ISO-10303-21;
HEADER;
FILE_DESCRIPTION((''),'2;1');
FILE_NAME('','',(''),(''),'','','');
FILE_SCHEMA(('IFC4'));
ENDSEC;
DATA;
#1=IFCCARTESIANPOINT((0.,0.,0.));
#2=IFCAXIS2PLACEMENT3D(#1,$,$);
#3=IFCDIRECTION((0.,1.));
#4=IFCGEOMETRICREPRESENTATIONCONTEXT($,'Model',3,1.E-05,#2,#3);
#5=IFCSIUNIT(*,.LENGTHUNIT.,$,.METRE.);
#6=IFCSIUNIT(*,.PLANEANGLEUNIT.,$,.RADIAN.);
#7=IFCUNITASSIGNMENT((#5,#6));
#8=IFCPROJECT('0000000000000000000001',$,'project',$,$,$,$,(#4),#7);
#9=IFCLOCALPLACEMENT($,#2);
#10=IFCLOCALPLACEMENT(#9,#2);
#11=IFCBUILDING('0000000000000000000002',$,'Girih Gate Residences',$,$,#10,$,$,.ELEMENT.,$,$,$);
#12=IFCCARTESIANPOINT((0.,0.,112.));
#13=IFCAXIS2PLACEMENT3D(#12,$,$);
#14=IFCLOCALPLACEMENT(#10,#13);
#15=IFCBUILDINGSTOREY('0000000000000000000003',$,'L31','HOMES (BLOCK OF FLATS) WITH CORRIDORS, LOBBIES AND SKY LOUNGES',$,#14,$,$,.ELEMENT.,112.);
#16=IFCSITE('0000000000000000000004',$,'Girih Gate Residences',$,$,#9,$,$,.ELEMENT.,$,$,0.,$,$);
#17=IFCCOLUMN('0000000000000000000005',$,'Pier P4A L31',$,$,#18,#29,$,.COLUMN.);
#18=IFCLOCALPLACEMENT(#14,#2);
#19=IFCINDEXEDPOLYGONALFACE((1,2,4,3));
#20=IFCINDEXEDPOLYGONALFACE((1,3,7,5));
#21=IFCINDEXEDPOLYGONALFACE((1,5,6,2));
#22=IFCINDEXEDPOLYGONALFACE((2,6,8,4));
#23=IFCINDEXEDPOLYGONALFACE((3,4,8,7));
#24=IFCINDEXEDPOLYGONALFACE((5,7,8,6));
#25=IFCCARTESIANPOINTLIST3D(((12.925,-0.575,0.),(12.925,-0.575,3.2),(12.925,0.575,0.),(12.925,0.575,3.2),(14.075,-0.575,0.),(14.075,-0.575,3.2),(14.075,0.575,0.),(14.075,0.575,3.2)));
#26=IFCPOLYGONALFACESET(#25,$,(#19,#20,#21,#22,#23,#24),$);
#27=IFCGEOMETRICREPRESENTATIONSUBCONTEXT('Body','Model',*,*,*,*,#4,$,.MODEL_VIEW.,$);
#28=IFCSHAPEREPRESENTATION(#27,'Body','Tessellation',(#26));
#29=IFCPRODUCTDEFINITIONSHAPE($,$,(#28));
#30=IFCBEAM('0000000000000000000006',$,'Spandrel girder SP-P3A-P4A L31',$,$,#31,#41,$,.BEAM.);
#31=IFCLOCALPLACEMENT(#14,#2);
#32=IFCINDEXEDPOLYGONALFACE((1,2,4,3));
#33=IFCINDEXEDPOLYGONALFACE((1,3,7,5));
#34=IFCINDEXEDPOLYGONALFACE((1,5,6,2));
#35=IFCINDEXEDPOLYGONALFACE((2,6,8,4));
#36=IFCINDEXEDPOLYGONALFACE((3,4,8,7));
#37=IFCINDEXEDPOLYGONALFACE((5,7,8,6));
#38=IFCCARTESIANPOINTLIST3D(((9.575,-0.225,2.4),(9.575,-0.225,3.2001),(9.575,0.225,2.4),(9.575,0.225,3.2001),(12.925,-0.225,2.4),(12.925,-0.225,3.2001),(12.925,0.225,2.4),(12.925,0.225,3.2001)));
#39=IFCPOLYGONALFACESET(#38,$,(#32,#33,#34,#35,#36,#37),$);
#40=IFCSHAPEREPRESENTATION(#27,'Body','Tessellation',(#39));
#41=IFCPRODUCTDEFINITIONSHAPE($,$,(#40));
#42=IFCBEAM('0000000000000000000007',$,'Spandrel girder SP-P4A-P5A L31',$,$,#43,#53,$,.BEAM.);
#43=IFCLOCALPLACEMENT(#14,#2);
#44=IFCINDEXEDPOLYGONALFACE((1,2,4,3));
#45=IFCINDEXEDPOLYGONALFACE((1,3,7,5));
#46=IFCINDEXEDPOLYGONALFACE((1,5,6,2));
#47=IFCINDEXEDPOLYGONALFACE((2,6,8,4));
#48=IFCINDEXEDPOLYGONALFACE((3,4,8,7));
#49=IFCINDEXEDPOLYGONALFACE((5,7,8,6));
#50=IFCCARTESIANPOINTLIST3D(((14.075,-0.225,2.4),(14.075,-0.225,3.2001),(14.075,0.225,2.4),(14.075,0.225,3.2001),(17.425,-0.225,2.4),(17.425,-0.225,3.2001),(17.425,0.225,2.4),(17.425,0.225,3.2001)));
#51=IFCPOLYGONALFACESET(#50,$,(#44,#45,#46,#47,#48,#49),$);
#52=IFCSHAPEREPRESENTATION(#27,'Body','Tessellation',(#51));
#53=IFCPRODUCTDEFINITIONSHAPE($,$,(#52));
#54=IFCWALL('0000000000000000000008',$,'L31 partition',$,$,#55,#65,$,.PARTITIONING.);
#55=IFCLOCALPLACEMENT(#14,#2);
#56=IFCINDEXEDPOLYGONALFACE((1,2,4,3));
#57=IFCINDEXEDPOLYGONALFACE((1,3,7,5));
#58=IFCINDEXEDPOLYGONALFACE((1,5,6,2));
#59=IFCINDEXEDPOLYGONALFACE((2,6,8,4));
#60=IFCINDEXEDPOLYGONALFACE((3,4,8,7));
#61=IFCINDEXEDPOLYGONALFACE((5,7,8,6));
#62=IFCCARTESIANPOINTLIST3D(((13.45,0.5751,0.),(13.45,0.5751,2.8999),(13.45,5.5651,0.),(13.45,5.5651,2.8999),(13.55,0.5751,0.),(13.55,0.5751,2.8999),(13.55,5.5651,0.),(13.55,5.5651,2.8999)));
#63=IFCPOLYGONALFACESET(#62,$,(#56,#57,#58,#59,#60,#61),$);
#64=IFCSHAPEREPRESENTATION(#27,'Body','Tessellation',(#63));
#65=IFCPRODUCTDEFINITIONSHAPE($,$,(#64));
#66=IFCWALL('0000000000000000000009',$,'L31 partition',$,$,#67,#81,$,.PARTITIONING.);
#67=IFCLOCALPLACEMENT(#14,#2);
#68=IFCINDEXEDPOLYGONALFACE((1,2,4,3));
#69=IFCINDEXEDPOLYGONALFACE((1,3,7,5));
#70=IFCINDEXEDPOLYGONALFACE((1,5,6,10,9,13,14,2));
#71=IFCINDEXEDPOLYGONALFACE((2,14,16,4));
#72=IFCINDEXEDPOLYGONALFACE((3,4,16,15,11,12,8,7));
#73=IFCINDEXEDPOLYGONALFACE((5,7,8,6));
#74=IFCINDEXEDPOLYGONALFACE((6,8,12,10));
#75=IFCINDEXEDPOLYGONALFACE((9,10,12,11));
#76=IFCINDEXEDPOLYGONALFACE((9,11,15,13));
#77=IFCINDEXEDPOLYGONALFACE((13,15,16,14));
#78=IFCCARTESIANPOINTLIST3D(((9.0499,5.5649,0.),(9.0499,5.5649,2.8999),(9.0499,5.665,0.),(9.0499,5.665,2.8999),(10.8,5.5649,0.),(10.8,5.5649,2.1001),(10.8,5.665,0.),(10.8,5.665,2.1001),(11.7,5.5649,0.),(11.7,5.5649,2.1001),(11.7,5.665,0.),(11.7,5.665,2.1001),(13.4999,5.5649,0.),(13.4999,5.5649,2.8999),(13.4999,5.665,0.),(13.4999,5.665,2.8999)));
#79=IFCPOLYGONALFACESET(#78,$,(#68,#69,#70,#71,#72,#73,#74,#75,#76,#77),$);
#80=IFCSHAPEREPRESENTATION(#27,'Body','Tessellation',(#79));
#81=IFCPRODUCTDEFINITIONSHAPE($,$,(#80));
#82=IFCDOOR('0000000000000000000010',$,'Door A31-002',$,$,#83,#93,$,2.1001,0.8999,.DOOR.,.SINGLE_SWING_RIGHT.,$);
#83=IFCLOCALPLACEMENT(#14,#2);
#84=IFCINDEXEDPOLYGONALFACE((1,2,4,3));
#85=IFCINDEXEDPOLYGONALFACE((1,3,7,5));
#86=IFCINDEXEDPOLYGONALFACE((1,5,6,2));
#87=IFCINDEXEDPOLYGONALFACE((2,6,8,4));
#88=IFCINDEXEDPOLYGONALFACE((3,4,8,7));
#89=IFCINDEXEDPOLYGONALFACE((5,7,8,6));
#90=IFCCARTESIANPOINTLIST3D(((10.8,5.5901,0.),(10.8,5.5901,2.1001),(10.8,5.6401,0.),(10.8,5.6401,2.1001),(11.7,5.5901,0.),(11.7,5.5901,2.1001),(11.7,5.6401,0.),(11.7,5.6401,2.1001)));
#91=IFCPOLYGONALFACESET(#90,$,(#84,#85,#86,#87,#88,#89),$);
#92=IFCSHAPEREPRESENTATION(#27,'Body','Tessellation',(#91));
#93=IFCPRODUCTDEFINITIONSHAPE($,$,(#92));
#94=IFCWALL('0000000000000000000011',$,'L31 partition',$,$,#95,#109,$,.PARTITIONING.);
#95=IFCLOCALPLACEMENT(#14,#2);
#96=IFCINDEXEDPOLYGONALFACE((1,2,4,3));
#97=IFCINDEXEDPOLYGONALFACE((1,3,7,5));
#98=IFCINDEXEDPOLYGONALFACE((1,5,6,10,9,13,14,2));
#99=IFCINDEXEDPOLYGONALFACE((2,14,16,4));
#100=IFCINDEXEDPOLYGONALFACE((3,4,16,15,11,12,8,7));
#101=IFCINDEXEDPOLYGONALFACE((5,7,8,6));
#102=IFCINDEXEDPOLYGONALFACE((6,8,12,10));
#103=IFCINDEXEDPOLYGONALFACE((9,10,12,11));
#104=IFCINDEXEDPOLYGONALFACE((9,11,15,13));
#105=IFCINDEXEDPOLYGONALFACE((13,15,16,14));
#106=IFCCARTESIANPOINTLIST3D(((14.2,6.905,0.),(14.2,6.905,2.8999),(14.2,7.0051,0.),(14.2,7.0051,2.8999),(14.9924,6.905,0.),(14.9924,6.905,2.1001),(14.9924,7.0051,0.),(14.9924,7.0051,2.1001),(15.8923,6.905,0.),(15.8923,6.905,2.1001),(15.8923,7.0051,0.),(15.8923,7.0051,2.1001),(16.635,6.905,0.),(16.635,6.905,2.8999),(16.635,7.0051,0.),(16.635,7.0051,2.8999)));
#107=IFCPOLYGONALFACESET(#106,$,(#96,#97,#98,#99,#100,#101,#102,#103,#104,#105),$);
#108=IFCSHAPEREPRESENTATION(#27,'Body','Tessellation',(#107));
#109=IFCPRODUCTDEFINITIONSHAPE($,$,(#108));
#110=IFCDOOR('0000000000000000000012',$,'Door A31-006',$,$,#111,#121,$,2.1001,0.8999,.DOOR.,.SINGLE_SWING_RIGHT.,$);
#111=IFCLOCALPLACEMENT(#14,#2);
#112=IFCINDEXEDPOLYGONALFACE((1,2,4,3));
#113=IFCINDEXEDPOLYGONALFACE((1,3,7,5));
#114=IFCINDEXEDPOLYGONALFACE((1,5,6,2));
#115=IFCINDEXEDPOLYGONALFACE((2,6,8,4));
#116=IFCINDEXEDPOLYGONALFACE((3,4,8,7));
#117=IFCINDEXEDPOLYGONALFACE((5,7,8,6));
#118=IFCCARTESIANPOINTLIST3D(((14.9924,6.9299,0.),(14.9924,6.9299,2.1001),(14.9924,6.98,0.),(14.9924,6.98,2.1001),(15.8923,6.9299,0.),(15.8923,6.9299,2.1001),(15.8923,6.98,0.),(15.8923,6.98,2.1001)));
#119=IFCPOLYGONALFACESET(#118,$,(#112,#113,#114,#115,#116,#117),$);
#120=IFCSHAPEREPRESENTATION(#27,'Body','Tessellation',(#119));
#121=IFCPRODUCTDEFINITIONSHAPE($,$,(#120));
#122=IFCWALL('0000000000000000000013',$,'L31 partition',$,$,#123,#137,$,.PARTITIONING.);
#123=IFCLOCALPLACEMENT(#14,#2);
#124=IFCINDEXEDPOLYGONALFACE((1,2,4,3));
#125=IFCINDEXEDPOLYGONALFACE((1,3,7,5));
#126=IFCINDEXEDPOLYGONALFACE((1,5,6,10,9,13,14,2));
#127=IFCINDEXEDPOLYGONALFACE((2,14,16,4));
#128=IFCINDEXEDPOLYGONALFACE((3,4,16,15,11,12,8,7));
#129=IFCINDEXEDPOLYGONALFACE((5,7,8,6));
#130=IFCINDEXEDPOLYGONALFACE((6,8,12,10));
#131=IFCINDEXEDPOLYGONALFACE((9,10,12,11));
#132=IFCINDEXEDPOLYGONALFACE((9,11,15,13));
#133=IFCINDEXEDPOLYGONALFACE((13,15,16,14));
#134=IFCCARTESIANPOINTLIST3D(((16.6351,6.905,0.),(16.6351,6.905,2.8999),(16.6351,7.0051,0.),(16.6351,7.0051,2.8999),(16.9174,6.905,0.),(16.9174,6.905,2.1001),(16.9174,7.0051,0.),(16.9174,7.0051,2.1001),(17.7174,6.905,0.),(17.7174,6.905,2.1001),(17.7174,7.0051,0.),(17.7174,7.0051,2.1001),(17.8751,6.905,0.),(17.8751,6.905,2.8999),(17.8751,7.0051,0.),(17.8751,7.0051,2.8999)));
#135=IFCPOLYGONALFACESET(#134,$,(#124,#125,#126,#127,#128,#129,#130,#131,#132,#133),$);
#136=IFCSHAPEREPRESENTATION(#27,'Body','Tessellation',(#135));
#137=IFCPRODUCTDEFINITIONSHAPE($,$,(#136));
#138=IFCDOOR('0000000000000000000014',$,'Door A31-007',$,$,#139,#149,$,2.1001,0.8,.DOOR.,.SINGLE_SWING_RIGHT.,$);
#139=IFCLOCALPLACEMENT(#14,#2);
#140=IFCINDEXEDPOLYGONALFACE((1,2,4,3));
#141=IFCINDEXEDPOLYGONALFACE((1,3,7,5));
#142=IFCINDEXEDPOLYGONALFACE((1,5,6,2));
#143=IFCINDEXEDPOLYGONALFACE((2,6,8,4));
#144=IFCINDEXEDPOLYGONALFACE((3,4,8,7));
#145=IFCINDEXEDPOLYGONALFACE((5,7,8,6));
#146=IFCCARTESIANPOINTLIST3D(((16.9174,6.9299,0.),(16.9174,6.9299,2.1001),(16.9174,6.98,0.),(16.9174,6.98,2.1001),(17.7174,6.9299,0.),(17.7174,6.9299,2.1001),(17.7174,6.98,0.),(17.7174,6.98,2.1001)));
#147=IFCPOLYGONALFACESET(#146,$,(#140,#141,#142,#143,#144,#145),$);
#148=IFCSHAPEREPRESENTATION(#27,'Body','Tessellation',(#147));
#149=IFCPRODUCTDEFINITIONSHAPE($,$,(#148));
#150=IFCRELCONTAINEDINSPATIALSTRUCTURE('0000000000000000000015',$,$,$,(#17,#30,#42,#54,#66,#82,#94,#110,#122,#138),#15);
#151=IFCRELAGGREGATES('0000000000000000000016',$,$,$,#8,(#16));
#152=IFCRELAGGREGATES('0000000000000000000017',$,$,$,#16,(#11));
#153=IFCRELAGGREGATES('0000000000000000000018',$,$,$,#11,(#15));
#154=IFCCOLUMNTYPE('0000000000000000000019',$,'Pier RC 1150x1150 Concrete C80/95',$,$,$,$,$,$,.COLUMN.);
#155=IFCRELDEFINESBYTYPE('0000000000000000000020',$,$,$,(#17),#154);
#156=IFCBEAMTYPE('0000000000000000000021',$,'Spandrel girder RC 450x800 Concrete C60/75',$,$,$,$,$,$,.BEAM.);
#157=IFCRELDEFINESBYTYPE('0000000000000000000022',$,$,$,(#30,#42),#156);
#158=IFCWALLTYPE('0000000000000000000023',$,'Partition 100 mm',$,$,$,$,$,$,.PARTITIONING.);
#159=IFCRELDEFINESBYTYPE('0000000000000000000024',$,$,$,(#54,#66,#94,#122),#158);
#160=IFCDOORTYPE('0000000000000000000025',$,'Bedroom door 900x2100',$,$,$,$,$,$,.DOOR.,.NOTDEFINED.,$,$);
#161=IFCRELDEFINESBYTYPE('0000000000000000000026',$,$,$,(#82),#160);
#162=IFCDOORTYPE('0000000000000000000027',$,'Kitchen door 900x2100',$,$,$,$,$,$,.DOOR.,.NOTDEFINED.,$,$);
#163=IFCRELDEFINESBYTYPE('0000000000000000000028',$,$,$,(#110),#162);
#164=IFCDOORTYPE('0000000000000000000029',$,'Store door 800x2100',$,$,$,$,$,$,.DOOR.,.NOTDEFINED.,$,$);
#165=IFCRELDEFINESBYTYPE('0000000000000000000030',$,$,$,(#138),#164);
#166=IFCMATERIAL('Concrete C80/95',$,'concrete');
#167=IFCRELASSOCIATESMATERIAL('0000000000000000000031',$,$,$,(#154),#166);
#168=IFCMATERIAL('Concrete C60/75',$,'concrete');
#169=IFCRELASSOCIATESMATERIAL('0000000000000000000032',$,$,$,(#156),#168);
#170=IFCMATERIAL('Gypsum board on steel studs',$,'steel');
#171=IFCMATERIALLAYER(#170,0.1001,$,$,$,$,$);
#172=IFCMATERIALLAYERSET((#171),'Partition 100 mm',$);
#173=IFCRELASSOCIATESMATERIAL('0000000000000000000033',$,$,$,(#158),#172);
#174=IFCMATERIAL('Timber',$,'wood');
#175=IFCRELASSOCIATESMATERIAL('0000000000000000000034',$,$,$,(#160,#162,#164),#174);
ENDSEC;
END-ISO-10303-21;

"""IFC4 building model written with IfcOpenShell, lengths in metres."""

from ifc_helpers import new_model, si_unit, direction, frame, frame_2d, origin, origin_2d, place, context, subcontext, project, spatial, rectangle, extrude, material, layer, layer_set, material_profile, profile_set, type_object, element, fill, save


model = new_model("IFC4")

# Units and contexts
model_context = context("Model", 3, precision=1e-05, world=origin(), true_north=direction((0.0, 1.0)))
body_context = subcontext(model_context, "Body", "Model", "MODEL_VIEW")
ifc_project = project(units=[si_unit("LENGTHUNIT", "METRE"), si_unit("PLANEANGLEUNIT", "RADIAN")], contexts=[model_context])

# Site, building, storey
site_placement = place(None, origin())
site = spatial("IfcSite", under=ifc_project, at=site_placement, Name="Girih Gate Residences", CompositionType="ELEMENT", RefElevation=0.0)
building_placement = place(site_placement, origin())
building = spatial("IfcBuilding", under=site, at=building_placement, Name="Girih Gate Residences", CompositionType="ELEMENT")
storey_placement = place(building_placement, frame((0.0, 0.0, 112.0)))
storey = spatial("IfcBuildingStorey", under=building, at=storey_placement, Name="L31", Description="HOMES (BLOCK OF FLATS) WITH CORRIDORS, LOBBIES AND SKY LOUNGES", CompositionType="ELEMENT", Elevation=112.0)

# Column
ifc_material_1 = material(Name="Concrete C80/95", Category="concrete")
ifc_material_profile_1 = material_profile(ifc_material_1, rectangle(XDim=1.1499, YDim=1.1499, at=origin_2d()))
ifc_profile_set_1 = profile_set([ifc_material_profile_1], Name="Concrete C80/95")
column_type = type_object("IfcColumnType", Name="Pier RC 1150x1150 Concrete C80/95", PredefinedType="COLUMN", material=ifc_profile_set_1)
column_placement = place(storey_placement, frame((13.5, 0.0, 0.0), z_axis=(0.0, 0.0, 1.0), x_axis=(1.0, 0.0, 0.0)))
element("IfcColumn", 1, at=column_placement, inside=storey, type_object=column_type, Name="Pier P4A L31", PredefinedType="COLUMN", context=body_context, shape_type="SweptSolid", body=[
    extrude(rectangle(XDim=1.1499, YDim=1.1499, at=origin_2d()), origin(), (0.0, 0.0, 1.0), 3.2),
])

# Beams
ifc_material_2 = material(Name="Concrete C60/75", Category="concrete")
ifc_material_profile_2 = material_profile(ifc_material_2, rectangle(XDim=0.45, YDim=0.8, at=origin_2d()))
ifc_profile_set_2 = profile_set([ifc_material_profile_2], Name="Concrete C60/75")
beam_type = type_object("IfcBeamType", Name="Spandrel girder RC 450x800 Concrete C60/75", PredefinedType="BEAM", material=ifc_profile_set_2)
for number, where, z_axis, x_axis, name in (
    (2, (9.575, 0.0, 2.8), (1.0, 0.0, 0.0), (0.0, 1.0, 0.0), "Spandrel girder SP-P3A-P4A L31"),
    (3, (14.075, 0.0, 2.8), (1.0, 0.0, 0.0), (0.0, 1.0, 0.0), "Spandrel girder SP-P4A-P5A L31"),
):
    element("IfcBeam", number, at=place(storey_placement, frame(where, z_axis=z_axis, x_axis=x_axis)), inside=storey, type_object=beam_type, Name=name, PredefinedType="BEAM", context=body_context, shape_type="SweptSolid", body=[
        extrude(rectangle(XDim=0.45, YDim=0.8, at=origin_2d()), origin(), (0.0, 0.0, 1.0), 3.3501),
    ])

# Wall
ifc_material_3 = material(Name="Gypsum board on steel studs", Category="steel")
ifc_layer_1 = layer(ifc_material_3, 0.1001)
ifc_layer_set_1 = layer_set([ifc_layer_1], Name="Partition 100 mm")
wall_type_1 = type_object("IfcWallType", Name="Partition 100 mm", PredefinedType="PARTITIONING", material=ifc_layer_set_1)
wall_1_placement = place(storey_placement, frame((13.5, 0.575, 0.0), z_axis=(0.0, 0.0, 1.0), x_axis=(0.0, 1.0, 0.0)))
element("IfcWall", 4, at=wall_1_placement, inside=storey, type_object=wall_type_1, Name="L31 partition", PredefinedType="PARTITIONING", context=body_context, shape_type="SweptSolid", body=[
    extrude(rectangle(XDim=4.99, YDim=0.1001, at=frame_2d((2.4951, 0.0))), origin(), (0.0, 0.0, 1.0), 2.8999),
])

# Walls, openings, doors
wall_2_placement = place(storey_placement, frame((13.5, 5.615, 0.0), z_axis=(0.0, 0.0, 1.0), x_axis=(-1.0, 0.0, 0.0)))
wall_2 = element("IfcWall", 5, at=wall_2_placement, inside=storey, type_object=wall_type_1, Name="L31 partition", PredefinedType="PARTITIONING", context=body_context, shape_type="SweptSolid", body=[
    extrude(rectangle(XDim=4.45, YDim=0.1001, at=frame_2d((2.2251, 0.0))), origin(), (0.0, 0.0, 1.0), 2.8999),
])
opening_1_placement = place(wall_2_placement, frame((1.8, 0.0, 0.0)))
opening_1 = element("IfcOpeningElement", 6, at=opening_1_placement, cuts=wall_2, PredefinedType="OPENING", context=body_context, shape_type="SweptSolid", body=[
    extrude(rectangle(XDim=0.8999, YDim=2.1001, at=frame_2d((0.45, 1.05))), frame((0.0, 0.0601, 0.0), z_axis=(0.0, -1.0, 0.0), x_axis=(1.0, 0.0, 0.0)), (0.0, 0.0, 1.0), 0.1201),
])
ifc_material_4 = material(Name="Timber", Category="wood")
door_type_1 = type_object("IfcDoorType", Name="Bedroom door 900x2100", OperationType="NOTDEFINED", PredefinedType="DOOR", material=ifc_material_4)
door_1_placement = place(opening_1_placement, origin())
door_1 = element("IfcDoor", 7, at=door_1_placement, inside=storey, type_object=door_type_1, Name="Door A31-002", OperationType="SINGLE_SWING_RIGHT", OverallHeight=2.1001, OverallWidth=0.8999, PredefinedType="DOOR", context=body_context, shape_type="SweptSolid", body=[
    extrude(rectangle(XDim=0.8999, YDim=2.1001, at=frame_2d((0.45, 1.05))), frame((0.0, 0.0249, 0.0), z_axis=(0.0, -1.0, 0.0), x_axis=(1.0, 0.0, 0.0)), (0.0, 0.0, 1.0), 0.05),
])
fill(opening_1, door_1)
wall_3_placement = place(storey_placement, frame((14.2, 6.9551, 0.0), z_axis=(0.0, 0.0, 1.0), x_axis=(1.0, 0.0, 0.0)))
wall_3 = element("IfcWall", 8, at=wall_3_placement, inside=storey, type_object=wall_type_1, Name="L31 partition", PredefinedType="PARTITIONING", context=body_context, shape_type="SweptSolid", body=[
    extrude(rectangle(XDim=2.4351, YDim=0.1001, at=frame_2d((1.2175, 0.0))), origin(), (0.0, 0.0, 1.0), 2.8999),
])
opening_2_placement = place(wall_3_placement, frame((0.7925, 0.0, 0.0)))
opening_2 = element("IfcOpeningElement", 9, at=opening_2_placement, cuts=wall_3, PredefinedType="OPENING", context=body_context, shape_type="SweptSolid", body=[
    extrude(rectangle(XDim=0.8999, YDim=2.1001, at=frame_2d((0.45, 1.05))), frame((0.0, 0.0601, 0.0), z_axis=(0.0, -1.0, 0.0), x_axis=(1.0, 0.0, 0.0)), (0.0, 0.0, 1.0), 0.1201),
])
door_type_2 = type_object("IfcDoorType", Name="Kitchen door 900x2100", OperationType="NOTDEFINED", PredefinedType="DOOR", material=ifc_material_4)
door_2_placement = place(opening_2_placement, origin())
door_2 = element("IfcDoor", 10, at=door_2_placement, inside=storey, type_object=door_type_2, Name="Door A31-006", OperationType="SINGLE_SWING_RIGHT", OverallHeight=2.1001, OverallWidth=0.8999, PredefinedType="DOOR", context=body_context, shape_type="SweptSolid", body=[
    extrude(rectangle(XDim=0.8999, YDim=2.1001, at=frame_2d((0.45, 1.05))), frame((0.0, 0.0249, 0.0), z_axis=(0.0, -1.0, 0.0), x_axis=(1.0, 0.0, 0.0)), (0.0, 0.0, 1.0), 0.05),
])
fill(opening_2, door_2)
wall_4_placement = place(storey_placement, frame((16.635, 6.9551, 0.0), z_axis=(0.0, 0.0, 1.0), x_axis=(1.0, 0.0, 0.0)))
wall_4 = element("IfcWall", 11, at=wall_4_placement, inside=storey, type_object=wall_type_1, Name="L31 partition", PredefinedType="PARTITIONING", context=body_context, shape_type="SweptSolid", body=[
    extrude(rectangle(XDim=1.24, YDim=0.1001, at=frame_2d((0.6201, 0.0))), origin(), (0.0, 0.0, 1.0), 2.8999),
])
opening_3_placement = place(wall_4_placement, frame((0.2825, 0.0, 0.0)))
opening_3 = element("IfcOpeningElement", 12, at=opening_3_placement, cuts=wall_4, PredefinedType="OPENING", context=body_context, shape_type="SweptSolid", body=[
    extrude(rectangle(XDim=0.8, YDim=2.1001, at=frame_2d((0.3999, 1.05))), frame((0.0, 0.0601, 0.0), z_axis=(0.0, -1.0, 0.0), x_axis=(1.0, 0.0, 0.0)), (0.0, 0.0, 1.0), 0.1201),
])
door_type_3 = type_object("IfcDoorType", Name="Store door 800x2100", OperationType="NOTDEFINED", PredefinedType="DOOR", material=ifc_material_4)
door_3_placement = place(opening_3_placement, origin())
door_3 = element("IfcDoor", 13, at=door_3_placement, inside=storey, type_object=door_type_3, Name="Door A31-007", OperationType="SINGLE_SWING_RIGHT", OverallHeight=2.1001, OverallWidth=0.8, PredefinedType="DOOR", context=body_context, shape_type="SweptSolid", body=[
    extrude(rectangle(XDim=0.8, YDim=2.1001, at=frame_2d((0.3999, 1.05))), frame((0.0, 0.0249, 0.0), z_axis=(0.0, -1.0, 0.0), x_axis=(1.0, 0.0, 0.0)), (0.0, 0.0, 1.0), 0.05),
])
fill(opening_3, door_3)

save(model, "model.ifc")
